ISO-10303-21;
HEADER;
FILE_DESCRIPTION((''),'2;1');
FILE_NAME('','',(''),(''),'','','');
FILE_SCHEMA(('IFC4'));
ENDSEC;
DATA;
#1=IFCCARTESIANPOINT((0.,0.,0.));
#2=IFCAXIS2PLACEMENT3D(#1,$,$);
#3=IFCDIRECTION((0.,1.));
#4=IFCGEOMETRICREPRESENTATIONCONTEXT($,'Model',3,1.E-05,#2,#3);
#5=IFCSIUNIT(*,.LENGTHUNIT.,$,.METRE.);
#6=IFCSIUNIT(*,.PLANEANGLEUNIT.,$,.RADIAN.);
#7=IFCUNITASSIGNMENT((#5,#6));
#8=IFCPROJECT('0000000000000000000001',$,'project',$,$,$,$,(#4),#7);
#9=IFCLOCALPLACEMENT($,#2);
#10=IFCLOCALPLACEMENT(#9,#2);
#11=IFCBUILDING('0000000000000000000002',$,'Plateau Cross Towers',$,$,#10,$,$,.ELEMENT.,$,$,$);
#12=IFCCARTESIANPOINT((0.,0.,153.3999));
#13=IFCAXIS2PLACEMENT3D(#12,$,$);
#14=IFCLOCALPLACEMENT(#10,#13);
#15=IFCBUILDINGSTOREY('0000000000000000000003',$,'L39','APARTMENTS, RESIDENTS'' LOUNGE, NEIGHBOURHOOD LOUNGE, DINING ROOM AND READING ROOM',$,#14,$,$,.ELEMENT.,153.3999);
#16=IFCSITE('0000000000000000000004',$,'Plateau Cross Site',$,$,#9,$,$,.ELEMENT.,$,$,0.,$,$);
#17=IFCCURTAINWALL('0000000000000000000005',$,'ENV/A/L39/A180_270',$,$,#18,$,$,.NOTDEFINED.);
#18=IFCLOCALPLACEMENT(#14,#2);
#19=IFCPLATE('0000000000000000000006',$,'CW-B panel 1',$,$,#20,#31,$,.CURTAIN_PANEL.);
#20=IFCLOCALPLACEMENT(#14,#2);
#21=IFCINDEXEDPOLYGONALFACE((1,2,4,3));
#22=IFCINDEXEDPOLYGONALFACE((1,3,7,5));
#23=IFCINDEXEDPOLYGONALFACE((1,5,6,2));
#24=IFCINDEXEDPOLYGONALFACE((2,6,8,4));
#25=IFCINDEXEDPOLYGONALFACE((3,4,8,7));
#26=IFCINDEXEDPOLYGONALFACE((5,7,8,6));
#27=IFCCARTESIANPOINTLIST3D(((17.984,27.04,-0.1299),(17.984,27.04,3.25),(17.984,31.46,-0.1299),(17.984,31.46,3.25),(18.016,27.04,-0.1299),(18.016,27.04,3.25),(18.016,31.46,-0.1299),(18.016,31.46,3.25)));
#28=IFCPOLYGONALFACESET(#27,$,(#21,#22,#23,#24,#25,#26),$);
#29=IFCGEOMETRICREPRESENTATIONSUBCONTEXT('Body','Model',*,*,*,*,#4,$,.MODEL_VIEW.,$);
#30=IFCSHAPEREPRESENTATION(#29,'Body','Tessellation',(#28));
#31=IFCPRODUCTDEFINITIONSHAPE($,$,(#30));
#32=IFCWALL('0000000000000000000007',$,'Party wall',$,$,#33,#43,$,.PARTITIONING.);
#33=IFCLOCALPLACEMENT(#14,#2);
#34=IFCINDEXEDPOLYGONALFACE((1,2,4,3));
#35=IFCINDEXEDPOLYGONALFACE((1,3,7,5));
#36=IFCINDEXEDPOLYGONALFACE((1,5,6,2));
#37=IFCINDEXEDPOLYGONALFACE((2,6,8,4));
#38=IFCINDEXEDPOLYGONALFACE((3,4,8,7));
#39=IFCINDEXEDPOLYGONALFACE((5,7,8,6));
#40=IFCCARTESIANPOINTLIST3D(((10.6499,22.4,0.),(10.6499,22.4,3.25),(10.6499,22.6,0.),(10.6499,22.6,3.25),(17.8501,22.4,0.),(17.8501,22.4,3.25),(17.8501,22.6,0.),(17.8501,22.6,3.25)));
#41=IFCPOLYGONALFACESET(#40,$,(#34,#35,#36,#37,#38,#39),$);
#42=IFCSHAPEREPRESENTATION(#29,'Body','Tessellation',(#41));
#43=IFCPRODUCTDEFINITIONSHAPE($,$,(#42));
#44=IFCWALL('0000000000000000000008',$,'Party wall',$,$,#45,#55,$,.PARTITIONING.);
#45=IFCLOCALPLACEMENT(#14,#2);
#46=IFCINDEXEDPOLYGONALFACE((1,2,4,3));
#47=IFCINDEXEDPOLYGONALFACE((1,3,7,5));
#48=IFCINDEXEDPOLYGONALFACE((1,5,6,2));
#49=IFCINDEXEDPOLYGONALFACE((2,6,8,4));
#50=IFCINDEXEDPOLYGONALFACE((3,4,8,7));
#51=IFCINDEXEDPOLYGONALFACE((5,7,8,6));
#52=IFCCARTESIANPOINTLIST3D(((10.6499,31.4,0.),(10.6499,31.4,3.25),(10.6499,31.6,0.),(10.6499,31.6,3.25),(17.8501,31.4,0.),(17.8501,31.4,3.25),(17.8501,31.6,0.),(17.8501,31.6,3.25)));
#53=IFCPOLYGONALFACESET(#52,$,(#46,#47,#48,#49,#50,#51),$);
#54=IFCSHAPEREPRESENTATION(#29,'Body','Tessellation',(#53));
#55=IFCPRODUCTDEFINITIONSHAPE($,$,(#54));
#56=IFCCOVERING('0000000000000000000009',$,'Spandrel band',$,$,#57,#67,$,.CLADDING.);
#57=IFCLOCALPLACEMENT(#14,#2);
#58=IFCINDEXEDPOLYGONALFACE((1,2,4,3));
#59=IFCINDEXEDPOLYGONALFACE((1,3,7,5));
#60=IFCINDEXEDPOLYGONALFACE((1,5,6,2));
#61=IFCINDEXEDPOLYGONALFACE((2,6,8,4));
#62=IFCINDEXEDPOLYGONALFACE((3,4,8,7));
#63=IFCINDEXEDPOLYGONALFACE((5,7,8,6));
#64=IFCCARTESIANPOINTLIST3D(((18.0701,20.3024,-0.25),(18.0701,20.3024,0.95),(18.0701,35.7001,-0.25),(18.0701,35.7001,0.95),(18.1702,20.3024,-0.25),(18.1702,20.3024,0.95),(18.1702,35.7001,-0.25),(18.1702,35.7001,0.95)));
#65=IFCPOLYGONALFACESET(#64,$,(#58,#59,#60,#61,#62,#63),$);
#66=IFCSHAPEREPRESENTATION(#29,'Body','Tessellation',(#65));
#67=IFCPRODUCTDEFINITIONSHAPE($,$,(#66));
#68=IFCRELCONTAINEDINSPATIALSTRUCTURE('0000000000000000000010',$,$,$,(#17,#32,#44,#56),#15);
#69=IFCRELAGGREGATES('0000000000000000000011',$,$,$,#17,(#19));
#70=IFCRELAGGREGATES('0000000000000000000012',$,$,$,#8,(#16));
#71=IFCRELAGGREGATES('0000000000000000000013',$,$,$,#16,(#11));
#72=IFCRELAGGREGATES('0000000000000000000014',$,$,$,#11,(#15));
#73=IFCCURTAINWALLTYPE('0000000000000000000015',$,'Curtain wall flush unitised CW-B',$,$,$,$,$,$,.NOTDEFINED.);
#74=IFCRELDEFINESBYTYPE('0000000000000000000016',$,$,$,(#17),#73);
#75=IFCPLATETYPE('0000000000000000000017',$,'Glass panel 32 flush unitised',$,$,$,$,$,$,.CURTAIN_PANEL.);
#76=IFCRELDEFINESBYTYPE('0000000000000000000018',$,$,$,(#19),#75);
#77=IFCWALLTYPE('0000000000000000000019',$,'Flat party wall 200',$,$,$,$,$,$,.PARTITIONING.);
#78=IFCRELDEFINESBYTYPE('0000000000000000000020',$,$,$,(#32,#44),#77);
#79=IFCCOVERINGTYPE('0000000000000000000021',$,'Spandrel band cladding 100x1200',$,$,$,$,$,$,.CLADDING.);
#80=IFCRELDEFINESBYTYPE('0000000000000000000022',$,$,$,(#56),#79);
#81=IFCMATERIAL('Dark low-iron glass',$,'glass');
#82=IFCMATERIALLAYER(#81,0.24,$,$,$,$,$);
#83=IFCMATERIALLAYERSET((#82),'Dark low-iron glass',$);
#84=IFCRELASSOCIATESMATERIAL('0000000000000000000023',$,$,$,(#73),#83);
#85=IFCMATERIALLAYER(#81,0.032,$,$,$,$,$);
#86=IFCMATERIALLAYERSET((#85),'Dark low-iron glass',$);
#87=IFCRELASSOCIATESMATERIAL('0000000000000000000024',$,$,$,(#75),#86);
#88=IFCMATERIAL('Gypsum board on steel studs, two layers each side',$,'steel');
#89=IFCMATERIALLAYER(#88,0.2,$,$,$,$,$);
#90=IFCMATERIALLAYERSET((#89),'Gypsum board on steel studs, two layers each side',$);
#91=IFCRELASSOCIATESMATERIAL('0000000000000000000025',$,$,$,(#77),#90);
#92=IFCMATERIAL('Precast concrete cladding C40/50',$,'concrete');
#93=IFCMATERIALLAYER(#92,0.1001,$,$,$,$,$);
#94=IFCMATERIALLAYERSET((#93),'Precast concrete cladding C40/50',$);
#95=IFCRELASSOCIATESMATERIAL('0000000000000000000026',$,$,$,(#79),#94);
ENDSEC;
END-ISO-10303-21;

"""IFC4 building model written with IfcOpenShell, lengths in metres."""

from ifc_helpers import new_model, si_unit, direction, frame, frame_2d, origin, origin_2d, place, context, subcontext, project, spatial, rectangle, extrude, material, layer, layer_set, type_object, element, aggregate, save


model = new_model("IFC4")

# Units and contexts
model_context = context("Model", 3, precision=1e-05, world=origin(), true_north=direction((0.0, 1.0)))
body_context = subcontext(model_context, "Body", "Model", "MODEL_VIEW")
ifc_project = project(units=[si_unit("LENGTHUNIT", "METRE"), si_unit("PLANEANGLEUNIT", "RADIAN")], contexts=[model_context])

# Site, building, storey
site_placement = place(None, origin())
site = spatial("IfcSite", under=ifc_project, at=site_placement, Name="Plateau Cross Site", CompositionType="ELEMENT", RefElevation=0.0)
building_placement = place(site_placement, origin())
building = spatial("IfcBuilding", under=site, at=building_placement, Name="Plateau Cross Towers", CompositionType="ELEMENT")
storey_placement = place(building_placement, frame((0.0, 0.0, 153.3999)))
storey = spatial("IfcBuildingStorey", under=building, at=storey_placement, Name="L39", Description="APARTMENTS, RESIDENTS' LOUNGE, NEIGHBOURHOOD LOUNGE, DINING ROOM AND READING ROOM", CompositionType="ELEMENT", Elevation=153.3999)

# Shared definitions
ifc_material_1 = material(Name="Dark low-iron glass", Category="glass")
ifc_layer_1 = layer(ifc_material_1, 0.24)
ifc_layer_set_1 = layer_set([ifc_layer_1], Name="Dark low-iron glass")
curtain_wall_type_1 = type_object("IfcCurtainWallType", Name="Curtain wall flush unitised CW-B", PredefinedType="NOTDEFINED", material=ifc_layer_set_1)

# Curtain wall
curtain_wall_1_placement = place(storey_placement, origin())
curtain_wall_1 = element("IfcCurtainWall", 1, at=curtain_wall_1_placement, inside=storey, type_object=curtain_wall_type_1, Name="ENV/A/L39/A180_270", PredefinedType="NOTDEFINED")

# Plate
ifc_layer_2 = layer(ifc_material_1, 0.032)
ifc_layer_set_2 = layer_set([ifc_layer_2], Name="Dark low-iron glass")
plate_type = type_object("IfcPlateType", Name="Glass panel 32 flush unitised", PredefinedType="CURTAIN_PANEL", material=ifc_layer_set_2)
plate_1_placement = place(storey_placement, frame((18.0, 29.25, -0.1299), z_axis=(0.0, 0.0, 1.0), x_axis=(0.0, 1.0, 0.0)))
plate_1 = element("IfcPlate", 2, at=plate_1_placement, type_object=plate_type, Name="CW-B panel 1", PredefinedType="CURTAIN_PANEL", context=body_context, shape_type="SweptSolid", body=[
    extrude(rectangle(XDim=4.4199, YDim=0.032, at=origin_2d()), origin(), (0.0, 0.0, 1.0), 3.3799),
])
aggregate(curtain_wall_1, [plate_1])

# Walls
ifc_material_2 = material(Name="Gypsum board on steel studs, two layers each side", Category="steel")
ifc_layer_3 = layer(ifc_material_2, 0.2)
ifc_layer_set_3 = layer_set([ifc_layer_3], Name="Gypsum board on steel studs, two layers each side")
wall_type_1 = type_object("IfcWallType", Name="Flat party wall 200", PredefinedType="PARTITIONING", material=ifc_layer_set_3)
for number, where, z_axis, x_axis, name in (
    (3, (17.8501, 22.5, 0.0), (0.0, 0.0, 1.0), (-1.0, 0.0, 0.0), "Party wall"),
    (4, (17.8501, 31.5, 0.0), (0.0, 0.0, 1.0), (-1.0, 0.0, 0.0), "Party wall"),
):
    element("IfcWall", number, at=place(storey_placement, frame(where, z_axis=z_axis, x_axis=x_axis)), inside=storey, type_object=wall_type_1, Name=name, PredefinedType="PARTITIONING", context=body_context, shape_type="SweptSolid", body=[
        extrude(rectangle(XDim=7.2002, YDim=0.2, at=frame_2d((3.6001, 0.0))), origin(), (0.0, 0.0, 1.0), 3.25),
    ])

# Covering
ifc_material_3 = material(Name="Precast concrete cladding C40/50", Category="concrete")
ifc_layer_4 = layer(ifc_material_3, 0.1001)
ifc_layer_set_4 = layer_set([ifc_layer_4], Name="Precast concrete cladding C40/50")
covering_type = type_object("IfcCoveringType", Name="Spandrel band cladding 100x1200", PredefinedType="CLADDING", material=ifc_layer_set_4)
covering_placement = place(storey_placement, frame((18.1201, 28.0012, -0.25), z_axis=(0.0, 0.0, 1.0), x_axis=(0.0, 1.0, 0.0)))
element("IfcCovering", 5, at=covering_placement, inside=storey, type_object=covering_type, Name="Spandrel band", PredefinedType="CLADDING", context=body_context, shape_type="SweptSolid", body=[
    extrude(rectangle(XDim=15.3977, YDim=0.1001, at=origin_2d()), origin(), (0.0, 0.0, 1.0), 1.2),
])

save(model, "model.ifc")
